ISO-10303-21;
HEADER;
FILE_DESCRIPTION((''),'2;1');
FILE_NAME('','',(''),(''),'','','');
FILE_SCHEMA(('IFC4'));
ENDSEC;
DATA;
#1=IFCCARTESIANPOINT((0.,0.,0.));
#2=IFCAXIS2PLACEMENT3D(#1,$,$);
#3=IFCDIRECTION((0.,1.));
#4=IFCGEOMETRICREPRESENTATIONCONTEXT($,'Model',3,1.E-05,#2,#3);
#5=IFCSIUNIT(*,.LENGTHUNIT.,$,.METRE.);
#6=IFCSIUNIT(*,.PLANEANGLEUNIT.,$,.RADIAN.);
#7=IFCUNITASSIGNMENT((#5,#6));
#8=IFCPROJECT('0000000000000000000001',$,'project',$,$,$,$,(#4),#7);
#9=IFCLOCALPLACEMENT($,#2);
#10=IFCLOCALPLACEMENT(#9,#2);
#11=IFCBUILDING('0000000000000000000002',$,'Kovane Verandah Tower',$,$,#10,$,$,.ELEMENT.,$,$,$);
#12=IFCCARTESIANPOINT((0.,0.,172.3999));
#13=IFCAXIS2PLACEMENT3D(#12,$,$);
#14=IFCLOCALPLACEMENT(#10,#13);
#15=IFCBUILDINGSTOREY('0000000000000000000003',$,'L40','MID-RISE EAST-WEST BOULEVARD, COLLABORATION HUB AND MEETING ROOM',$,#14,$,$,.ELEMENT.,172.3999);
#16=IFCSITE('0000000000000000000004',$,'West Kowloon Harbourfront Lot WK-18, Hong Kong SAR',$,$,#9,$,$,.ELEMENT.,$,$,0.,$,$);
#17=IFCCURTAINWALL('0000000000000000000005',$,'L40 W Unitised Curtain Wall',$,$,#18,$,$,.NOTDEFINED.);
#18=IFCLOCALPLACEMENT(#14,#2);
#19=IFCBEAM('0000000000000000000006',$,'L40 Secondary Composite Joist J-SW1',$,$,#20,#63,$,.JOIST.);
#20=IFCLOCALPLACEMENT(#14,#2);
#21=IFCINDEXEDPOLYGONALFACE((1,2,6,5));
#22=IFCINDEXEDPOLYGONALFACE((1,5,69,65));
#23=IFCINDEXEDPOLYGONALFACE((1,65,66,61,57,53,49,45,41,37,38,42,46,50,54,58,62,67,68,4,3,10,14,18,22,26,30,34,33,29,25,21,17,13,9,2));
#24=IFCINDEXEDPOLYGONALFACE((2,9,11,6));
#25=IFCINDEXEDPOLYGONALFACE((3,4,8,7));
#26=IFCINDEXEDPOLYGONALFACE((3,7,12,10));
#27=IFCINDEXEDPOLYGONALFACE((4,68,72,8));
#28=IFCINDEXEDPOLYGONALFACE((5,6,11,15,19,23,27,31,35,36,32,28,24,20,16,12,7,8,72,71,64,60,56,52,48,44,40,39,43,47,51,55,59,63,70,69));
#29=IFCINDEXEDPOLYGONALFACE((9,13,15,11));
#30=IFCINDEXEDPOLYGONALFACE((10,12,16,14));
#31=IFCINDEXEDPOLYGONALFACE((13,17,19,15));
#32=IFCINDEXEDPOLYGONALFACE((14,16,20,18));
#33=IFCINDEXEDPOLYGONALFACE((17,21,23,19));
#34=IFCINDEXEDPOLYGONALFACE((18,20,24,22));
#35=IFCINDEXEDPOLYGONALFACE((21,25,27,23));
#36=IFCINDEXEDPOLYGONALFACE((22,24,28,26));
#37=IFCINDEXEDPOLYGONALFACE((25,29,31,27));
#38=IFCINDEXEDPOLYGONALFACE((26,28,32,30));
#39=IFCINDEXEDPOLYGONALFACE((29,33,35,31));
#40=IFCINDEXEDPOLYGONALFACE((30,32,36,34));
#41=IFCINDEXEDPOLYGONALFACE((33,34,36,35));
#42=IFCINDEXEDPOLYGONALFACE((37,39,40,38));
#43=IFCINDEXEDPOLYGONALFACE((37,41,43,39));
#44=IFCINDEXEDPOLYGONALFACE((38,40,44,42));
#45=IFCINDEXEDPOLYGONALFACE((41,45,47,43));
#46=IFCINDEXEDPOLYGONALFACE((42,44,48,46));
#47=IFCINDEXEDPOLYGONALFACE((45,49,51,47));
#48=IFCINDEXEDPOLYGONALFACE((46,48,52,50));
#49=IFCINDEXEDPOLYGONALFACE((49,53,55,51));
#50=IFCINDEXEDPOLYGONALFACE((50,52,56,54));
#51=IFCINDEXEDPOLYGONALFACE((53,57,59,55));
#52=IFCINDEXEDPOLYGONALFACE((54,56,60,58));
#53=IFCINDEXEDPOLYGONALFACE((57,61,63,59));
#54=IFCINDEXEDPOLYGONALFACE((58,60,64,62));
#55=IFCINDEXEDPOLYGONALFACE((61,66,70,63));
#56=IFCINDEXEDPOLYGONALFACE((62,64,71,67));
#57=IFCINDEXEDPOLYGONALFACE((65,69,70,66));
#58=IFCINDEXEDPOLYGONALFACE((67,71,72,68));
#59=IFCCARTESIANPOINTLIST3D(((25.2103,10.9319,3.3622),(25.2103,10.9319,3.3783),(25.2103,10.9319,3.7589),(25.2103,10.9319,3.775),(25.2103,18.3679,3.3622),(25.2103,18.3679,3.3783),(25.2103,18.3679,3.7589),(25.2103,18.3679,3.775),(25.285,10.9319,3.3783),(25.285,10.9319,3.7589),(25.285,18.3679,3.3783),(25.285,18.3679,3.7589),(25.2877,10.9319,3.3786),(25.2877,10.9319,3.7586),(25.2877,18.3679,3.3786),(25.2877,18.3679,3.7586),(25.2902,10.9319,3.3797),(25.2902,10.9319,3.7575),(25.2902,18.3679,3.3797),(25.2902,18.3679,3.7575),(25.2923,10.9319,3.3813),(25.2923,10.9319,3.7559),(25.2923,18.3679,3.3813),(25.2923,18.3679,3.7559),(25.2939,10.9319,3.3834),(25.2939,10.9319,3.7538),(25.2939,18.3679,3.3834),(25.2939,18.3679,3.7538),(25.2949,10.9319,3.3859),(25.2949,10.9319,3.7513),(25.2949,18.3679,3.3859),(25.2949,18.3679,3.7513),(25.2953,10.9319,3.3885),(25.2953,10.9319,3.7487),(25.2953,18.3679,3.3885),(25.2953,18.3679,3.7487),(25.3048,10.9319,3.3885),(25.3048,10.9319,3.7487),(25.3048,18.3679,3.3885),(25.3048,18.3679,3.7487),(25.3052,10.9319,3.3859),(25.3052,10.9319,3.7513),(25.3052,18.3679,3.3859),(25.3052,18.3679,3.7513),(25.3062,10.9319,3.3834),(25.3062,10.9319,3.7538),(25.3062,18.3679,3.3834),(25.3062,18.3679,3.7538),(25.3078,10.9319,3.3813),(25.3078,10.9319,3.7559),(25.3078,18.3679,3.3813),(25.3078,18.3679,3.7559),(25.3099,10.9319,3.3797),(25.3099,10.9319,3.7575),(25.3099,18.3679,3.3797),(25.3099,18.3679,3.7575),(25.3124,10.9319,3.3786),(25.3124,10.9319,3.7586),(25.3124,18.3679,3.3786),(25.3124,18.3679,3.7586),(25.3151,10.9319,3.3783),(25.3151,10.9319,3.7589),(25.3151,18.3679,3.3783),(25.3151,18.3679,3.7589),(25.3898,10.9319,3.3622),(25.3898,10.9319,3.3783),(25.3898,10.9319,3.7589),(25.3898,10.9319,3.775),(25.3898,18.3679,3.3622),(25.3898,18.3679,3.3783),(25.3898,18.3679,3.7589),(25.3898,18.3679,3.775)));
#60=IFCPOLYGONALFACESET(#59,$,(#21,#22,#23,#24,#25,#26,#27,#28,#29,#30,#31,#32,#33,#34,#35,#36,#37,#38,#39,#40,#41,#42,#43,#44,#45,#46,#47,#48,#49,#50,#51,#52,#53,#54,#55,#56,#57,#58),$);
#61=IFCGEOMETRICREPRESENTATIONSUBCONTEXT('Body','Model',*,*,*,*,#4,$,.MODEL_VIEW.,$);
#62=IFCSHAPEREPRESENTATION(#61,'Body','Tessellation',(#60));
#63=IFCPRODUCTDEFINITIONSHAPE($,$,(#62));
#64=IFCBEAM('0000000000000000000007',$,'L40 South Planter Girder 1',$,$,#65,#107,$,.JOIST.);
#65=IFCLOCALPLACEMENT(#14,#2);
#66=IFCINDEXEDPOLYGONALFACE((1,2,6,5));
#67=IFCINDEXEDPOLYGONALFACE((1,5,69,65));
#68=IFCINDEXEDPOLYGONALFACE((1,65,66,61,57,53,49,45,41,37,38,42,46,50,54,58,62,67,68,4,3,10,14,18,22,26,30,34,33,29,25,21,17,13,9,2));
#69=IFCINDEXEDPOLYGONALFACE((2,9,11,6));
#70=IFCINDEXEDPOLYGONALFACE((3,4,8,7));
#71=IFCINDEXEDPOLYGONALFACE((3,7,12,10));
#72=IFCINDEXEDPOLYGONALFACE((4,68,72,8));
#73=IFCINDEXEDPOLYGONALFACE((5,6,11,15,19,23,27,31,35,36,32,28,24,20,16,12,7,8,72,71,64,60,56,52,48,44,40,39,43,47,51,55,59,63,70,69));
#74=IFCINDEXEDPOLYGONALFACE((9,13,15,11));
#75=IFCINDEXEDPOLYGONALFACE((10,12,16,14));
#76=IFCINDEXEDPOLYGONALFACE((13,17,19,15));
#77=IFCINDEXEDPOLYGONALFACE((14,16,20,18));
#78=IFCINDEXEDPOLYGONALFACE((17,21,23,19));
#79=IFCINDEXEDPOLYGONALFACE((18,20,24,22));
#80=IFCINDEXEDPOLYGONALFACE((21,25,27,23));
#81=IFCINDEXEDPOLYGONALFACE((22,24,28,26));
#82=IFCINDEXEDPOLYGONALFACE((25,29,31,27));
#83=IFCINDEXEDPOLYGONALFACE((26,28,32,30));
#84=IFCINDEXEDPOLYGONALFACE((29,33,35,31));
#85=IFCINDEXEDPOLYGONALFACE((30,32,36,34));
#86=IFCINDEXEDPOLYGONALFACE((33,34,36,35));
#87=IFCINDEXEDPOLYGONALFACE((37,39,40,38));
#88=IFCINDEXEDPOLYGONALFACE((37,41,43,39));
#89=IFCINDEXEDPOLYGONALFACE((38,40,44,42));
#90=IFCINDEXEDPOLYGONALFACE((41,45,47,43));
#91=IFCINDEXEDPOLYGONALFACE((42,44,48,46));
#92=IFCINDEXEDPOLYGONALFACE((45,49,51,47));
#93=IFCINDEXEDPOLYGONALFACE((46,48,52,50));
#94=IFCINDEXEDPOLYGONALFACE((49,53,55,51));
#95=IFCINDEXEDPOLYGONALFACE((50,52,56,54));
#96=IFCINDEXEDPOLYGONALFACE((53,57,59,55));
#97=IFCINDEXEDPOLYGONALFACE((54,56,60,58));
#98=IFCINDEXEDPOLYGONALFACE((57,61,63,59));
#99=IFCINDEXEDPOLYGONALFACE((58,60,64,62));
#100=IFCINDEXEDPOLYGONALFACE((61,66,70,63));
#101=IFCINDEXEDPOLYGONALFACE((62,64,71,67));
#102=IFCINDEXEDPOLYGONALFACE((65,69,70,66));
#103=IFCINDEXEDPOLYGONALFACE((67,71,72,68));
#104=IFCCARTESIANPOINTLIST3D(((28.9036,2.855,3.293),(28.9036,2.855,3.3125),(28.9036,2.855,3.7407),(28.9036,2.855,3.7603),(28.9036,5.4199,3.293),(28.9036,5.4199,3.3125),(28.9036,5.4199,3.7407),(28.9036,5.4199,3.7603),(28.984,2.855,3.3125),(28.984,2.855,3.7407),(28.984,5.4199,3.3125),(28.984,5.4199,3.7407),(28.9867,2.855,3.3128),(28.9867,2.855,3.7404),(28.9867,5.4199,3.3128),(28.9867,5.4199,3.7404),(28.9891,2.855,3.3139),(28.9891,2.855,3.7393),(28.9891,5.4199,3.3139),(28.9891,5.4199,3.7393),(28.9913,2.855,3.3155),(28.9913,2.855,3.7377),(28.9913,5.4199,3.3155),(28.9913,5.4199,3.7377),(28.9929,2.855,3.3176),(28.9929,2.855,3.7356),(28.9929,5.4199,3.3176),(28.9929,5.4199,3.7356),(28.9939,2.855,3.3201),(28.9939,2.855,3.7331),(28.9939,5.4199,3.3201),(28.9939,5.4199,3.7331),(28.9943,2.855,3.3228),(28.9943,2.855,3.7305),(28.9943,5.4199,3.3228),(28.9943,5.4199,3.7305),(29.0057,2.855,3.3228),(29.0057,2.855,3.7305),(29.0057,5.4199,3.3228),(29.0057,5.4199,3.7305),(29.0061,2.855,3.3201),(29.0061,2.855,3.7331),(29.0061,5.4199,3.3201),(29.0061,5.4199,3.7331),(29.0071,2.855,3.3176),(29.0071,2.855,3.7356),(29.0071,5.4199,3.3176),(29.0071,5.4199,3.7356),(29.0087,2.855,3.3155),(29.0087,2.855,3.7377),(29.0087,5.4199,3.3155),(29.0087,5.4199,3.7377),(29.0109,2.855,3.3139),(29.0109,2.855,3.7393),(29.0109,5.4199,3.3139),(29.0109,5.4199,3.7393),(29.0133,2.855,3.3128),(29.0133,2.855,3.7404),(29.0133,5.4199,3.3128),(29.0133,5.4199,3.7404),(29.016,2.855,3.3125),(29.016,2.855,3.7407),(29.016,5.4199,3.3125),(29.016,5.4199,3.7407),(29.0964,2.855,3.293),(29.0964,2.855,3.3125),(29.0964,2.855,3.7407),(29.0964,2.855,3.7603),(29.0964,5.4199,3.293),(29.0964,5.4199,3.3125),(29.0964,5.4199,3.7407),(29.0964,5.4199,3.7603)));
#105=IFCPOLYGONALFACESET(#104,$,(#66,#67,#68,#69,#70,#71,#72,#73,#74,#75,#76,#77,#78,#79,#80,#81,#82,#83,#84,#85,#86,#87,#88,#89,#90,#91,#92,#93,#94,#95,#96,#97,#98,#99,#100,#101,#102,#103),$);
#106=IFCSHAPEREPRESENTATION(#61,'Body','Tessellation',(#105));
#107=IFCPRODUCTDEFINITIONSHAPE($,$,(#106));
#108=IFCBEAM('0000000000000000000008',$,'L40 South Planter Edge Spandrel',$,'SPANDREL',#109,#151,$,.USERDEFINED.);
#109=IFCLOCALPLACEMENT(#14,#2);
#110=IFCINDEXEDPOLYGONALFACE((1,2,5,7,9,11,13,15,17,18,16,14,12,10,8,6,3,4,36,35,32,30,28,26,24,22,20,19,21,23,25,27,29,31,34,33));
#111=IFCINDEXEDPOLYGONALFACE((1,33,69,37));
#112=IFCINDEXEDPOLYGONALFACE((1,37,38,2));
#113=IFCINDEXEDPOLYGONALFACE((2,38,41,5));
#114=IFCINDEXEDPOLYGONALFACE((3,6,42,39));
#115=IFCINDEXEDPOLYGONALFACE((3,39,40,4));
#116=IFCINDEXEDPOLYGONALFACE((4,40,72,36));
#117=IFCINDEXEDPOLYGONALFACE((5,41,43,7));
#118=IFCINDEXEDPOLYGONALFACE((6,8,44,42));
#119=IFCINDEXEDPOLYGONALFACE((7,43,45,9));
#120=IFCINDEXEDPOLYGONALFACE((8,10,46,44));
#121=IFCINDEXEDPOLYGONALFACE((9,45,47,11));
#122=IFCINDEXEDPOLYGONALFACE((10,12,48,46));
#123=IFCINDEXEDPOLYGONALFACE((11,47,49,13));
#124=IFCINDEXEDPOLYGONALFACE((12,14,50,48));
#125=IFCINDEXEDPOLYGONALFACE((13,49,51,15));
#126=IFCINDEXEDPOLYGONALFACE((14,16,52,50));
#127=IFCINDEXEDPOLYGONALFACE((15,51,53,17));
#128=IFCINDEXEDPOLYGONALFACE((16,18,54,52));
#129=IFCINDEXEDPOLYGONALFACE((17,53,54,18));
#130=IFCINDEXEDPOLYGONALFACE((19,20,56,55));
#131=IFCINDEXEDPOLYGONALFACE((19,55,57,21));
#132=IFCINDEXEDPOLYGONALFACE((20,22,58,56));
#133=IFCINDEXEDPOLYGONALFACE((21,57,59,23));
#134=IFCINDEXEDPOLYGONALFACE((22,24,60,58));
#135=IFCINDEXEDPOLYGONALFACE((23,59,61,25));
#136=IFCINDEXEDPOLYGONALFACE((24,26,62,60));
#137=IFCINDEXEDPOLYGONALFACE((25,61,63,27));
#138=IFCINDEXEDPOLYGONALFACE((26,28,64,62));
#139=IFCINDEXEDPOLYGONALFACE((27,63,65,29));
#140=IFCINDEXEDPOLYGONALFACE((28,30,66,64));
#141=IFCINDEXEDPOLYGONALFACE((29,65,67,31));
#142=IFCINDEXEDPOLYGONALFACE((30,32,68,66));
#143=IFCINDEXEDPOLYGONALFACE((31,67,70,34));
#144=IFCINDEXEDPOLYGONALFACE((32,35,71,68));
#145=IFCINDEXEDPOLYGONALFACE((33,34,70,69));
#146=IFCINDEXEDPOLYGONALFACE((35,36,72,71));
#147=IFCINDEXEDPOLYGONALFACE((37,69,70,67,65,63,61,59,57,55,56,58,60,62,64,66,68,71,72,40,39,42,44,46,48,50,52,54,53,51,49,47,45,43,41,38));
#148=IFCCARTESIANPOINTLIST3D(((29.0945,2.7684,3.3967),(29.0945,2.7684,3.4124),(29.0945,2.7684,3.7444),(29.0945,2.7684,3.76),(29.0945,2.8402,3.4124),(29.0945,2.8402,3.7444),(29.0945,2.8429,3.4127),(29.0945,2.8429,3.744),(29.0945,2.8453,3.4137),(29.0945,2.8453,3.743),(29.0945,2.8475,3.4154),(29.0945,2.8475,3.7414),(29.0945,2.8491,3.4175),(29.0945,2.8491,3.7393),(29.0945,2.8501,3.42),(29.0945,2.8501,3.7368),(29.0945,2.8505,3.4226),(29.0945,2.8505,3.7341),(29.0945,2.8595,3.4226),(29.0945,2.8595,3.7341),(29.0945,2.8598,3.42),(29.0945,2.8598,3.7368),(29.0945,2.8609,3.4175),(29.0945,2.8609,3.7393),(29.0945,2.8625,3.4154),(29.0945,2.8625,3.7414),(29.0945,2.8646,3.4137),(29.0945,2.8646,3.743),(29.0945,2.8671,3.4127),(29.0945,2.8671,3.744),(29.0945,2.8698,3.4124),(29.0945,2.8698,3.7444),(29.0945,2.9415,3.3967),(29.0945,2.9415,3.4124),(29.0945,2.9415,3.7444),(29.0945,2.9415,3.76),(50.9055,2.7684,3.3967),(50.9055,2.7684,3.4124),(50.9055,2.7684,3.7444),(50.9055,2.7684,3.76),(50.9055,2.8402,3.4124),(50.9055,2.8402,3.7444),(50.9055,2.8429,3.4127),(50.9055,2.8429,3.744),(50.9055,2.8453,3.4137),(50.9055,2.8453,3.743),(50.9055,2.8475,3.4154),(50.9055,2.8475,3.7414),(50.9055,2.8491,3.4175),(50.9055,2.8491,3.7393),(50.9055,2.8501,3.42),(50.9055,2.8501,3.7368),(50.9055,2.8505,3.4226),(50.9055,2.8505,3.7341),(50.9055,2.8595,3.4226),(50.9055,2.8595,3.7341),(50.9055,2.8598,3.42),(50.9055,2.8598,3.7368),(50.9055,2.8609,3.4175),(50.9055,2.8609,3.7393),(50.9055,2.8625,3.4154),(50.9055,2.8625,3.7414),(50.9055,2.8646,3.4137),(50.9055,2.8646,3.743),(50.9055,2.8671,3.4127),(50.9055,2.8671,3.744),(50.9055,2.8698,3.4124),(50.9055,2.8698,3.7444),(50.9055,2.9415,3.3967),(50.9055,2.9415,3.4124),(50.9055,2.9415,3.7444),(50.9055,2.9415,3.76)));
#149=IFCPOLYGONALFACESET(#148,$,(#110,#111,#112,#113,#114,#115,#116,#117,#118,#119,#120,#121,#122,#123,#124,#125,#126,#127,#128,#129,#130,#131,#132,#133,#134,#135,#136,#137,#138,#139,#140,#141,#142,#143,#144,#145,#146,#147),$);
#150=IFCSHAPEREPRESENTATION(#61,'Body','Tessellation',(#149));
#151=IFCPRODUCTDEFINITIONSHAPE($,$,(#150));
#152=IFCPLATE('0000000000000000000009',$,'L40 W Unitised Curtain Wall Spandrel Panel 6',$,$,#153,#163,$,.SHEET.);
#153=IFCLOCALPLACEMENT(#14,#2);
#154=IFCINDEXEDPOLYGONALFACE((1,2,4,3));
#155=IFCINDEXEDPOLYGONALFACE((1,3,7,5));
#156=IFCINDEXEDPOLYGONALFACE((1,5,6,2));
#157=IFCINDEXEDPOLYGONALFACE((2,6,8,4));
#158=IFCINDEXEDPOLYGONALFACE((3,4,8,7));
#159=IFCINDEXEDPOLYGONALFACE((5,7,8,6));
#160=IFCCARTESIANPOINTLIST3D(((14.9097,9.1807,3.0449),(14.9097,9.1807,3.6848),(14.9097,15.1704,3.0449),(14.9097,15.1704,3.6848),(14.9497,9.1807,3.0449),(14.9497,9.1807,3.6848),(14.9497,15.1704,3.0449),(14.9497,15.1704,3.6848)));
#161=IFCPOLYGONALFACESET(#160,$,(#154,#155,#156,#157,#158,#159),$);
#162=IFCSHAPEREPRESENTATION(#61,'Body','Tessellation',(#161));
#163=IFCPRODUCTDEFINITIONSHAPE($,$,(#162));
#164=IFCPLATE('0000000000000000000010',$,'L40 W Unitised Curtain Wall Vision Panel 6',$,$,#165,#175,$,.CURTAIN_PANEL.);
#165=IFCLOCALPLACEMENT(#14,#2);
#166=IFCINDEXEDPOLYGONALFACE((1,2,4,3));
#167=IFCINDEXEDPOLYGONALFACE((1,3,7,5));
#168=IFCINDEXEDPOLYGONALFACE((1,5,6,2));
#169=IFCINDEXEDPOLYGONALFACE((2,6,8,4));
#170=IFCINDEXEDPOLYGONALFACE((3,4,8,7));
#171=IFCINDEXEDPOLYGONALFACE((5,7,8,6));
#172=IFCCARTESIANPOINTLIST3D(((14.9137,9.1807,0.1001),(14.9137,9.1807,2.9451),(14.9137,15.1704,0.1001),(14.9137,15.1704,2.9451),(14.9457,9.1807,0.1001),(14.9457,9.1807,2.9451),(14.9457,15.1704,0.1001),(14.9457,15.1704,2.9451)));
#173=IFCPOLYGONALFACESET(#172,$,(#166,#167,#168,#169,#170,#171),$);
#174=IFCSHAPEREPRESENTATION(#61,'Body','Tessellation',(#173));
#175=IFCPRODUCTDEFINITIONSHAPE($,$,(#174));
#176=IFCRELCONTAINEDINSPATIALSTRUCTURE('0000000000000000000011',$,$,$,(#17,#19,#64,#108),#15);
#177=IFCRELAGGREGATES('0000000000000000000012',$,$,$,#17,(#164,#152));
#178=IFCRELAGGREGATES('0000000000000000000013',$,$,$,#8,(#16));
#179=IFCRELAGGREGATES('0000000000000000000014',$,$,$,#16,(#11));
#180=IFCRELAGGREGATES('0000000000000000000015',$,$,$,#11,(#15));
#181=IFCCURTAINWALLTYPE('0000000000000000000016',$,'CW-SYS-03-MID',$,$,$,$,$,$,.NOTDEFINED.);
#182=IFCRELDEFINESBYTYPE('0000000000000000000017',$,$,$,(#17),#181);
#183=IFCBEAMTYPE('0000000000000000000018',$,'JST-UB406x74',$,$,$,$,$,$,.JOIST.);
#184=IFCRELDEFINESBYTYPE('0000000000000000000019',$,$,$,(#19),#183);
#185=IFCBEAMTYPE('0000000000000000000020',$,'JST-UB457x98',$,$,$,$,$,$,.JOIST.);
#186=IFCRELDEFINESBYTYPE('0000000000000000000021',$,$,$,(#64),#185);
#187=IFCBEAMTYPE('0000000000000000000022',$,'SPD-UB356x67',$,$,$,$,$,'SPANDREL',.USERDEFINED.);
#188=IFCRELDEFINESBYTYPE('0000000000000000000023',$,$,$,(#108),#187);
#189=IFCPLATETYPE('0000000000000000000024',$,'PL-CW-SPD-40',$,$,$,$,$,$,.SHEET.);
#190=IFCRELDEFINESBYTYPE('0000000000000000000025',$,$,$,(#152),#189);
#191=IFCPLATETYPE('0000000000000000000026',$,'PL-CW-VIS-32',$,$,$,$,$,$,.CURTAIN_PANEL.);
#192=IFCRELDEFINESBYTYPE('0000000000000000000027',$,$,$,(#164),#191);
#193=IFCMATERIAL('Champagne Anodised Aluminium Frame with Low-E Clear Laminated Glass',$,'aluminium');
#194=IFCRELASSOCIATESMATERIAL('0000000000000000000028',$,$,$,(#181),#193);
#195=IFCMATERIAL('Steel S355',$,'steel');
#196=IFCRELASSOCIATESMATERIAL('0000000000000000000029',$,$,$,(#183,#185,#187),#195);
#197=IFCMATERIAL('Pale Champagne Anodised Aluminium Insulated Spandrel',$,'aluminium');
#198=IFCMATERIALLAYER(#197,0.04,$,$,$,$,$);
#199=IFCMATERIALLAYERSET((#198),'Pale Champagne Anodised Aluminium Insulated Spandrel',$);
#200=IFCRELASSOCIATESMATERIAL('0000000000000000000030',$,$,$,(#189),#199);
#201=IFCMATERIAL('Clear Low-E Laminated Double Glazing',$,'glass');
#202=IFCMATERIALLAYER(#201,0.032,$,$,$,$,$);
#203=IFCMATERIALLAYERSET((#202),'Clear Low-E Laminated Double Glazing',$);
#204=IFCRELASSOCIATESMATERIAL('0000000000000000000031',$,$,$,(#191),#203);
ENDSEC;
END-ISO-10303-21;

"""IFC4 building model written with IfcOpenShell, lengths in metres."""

from ifc_helpers import new_model, si_unit, direction, frame, origin, origin_2d, place, context, subcontext, project, spatial, rectangle, i_section, extrude, material, layer, layer_set, material_profile, profile_set, type_object, element, aggregate, save


model = new_model("IFC4")

# Units and contexts
model_context = context("Model", 3, precision=1e-05, world=origin(), true_north=direction((0.0, 1.0)))
body_context = subcontext(model_context, "Body", "Model", "MODEL_VIEW")
ifc_project = project(units=[si_unit("LENGTHUNIT", "METRE"), si_unit("PLANEANGLEUNIT", "RADIAN")], contexts=[model_context])

# Site, building, storey
site_placement = place(None, origin())
site = spatial("IfcSite", under=ifc_project, at=site_placement, Name="West Kowloon Harbourfront Lot WK-18, Hong Kong SAR", CompositionType="ELEMENT", RefElevation=0.0)
building_placement = place(site_placement, origin())
building = spatial("IfcBuilding", under=site, at=building_placement, Name="Kovane Verandah Tower", CompositionType="ELEMENT")
storey_placement = place(building_placement, frame((0.0, 0.0, 172.3999)))
storey = spatial("IfcBuildingStorey", under=building, at=storey_placement, Name="L40", Description="MID-RISE EAST-WEST BOULEVARD, COLLABORATION HUB AND MEETING ROOM", CompositionType="ELEMENT", Elevation=172.3999)

# Shared definitions
ifc_material_1 = material(Name="Steel S355", Category="steel")

# Curtain wall
ifc_material_2 = material(Name="Champagne Anodised Aluminium Frame with Low-E Clear Laminated Glass", Category="aluminium")
curtain_wall_type = type_object("IfcCurtainWallType", Name="CW-SYS-03-MID", PredefinedType="NOTDEFINED", material=ifc_material_2)
curtain_wall_placement = place(storey_placement, origin())
curtain_wall = element("IfcCurtainWall", 1, at=curtain_wall_placement, inside=storey, type_object=curtain_wall_type, Name="L40 W Unitised Curtain Wall", PredefinedType="NOTDEFINED")

# Beams
ifc_material_profile_1 = material_profile(ifc_material_1, i_section(OverallWidth=0.1794, OverallDepth=0.4128, WebThickness=0.0095, FlangeThickness=0.0161, FilletRadius=0.0103, at=origin_2d()), Name="UB406x178x74")
ifc_profile_set_1 = profile_set([ifc_material_profile_1], Name="Steel S355")
beam_type_1 = type_object("IfcBeamType", Name="JST-UB406x74", PredefinedType="JOIST", material=ifc_profile_set_1)
beam_1_placement = place(storey_placement, frame((25.3, 10.9319, 3.5686), z_axis=(0.0, 1.0, 0.0), x_axis=(-1.0, 0.0, 0.0)))
element("IfcBeam", 2, at=beam_1_placement, inside=storey, type_object=beam_type_1, Name="L40 Secondary Composite Joist J-SW1", PredefinedType="JOIST", context=body_context, shape_type="SweptSolid", body=[
    extrude(i_section(OverallWidth=0.1794, OverallDepth=0.4128, WebThickness=0.0095, FlangeThickness=0.0161, FilletRadius=0.0103, at=origin_2d()), origin(), (0.0, 0.0, 1.0), 7.436),
])
ifc_material_profile_2 = material_profile(ifc_material_1, i_section(OverallWidth=0.1929, OverallDepth=0.4673, WebThickness=0.0115, FlangeThickness=0.0195, FilletRadius=0.0103, at=origin_2d()), Name="UB457x191x98")
ifc_profile_set_2 = profile_set([ifc_material_profile_2], Name="Steel S355")
beam_type_2 = type_object("IfcBeamType", Name="JST-UB457x98", PredefinedType="JOIST", material=ifc_profile_set_2)
beam_2_placement = place(storey_placement, frame((29.0, 5.4199, 3.5266), z_axis=(0.0, -1.0, 0.0), x_axis=(1.0, 0.0, 0.0)))
element("IfcBeam", 3, at=beam_2_placement, inside=storey, type_object=beam_type_2, Name="L40 South Planter Girder 1", PredefinedType="JOIST", context=body_context, shape_type="SweptSolid", body=[
    extrude(i_section(OverallWidth=0.1929, OverallDepth=0.4673, WebThickness=0.0115, FlangeThickness=0.0195, FilletRadius=0.0103, at=origin_2d()), origin(), (0.0, 0.0, 1.0), 2.5649),
])
ifc_material_profile_3 = material_profile(ifc_material_1, i_section(OverallWidth=0.1731, OverallDepth=0.3633, WebThickness=0.009, FlangeThickness=0.0156, FilletRadius=0.0103, at=origin_2d()), Name="UB356x171x67")
ifc_profile_set_3 = profile_set([ifc_material_profile_3], Name="Steel S355")
beam_type_3 = type_object("IfcBeamType", Name="SPD-UB356x67", ElementType="SPANDREL", PredefinedType="USERDEFINED", material=ifc_profile_set_3)
beam_3_placement = place(storey_placement, frame((29.0945, 2.855, 3.5784), z_axis=(1.0, 0.0, 0.0), x_axis=(0.0, 1.0, 0.0)))
element("IfcBeam", 4, at=beam_3_placement, inside=storey, type_object=beam_type_3, Name="L40 South Planter Edge Spandrel", ObjectType="SPANDREL", PredefinedType="USERDEFINED", context=body_context, shape_type="SweptSolid", body=[
    extrude(i_section(OverallWidth=0.1731, OverallDepth=0.3633, WebThickness=0.009, FlangeThickness=0.0156, FilletRadius=0.0103, at=origin_2d()), origin(), (0.0, 0.0, 1.0), 21.811),
])

# Plates
ifc_material_3 = material(Name="Pale Champagne Anodised Aluminium Insulated Spandrel", Category="aluminium")
ifc_layer_1 = layer(ifc_material_3, 0.04)
ifc_layer_set_1 = layer_set([ifc_layer_1], Name="Pale Champagne Anodised Aluminium Insulated Spandrel")
plate_type_1 = type_object("IfcPlateType", Name="PL-CW-SPD-40", PredefinedType="SHEET", material=ifc_layer_set_1)
plate_1_placement = place(storey_placement, frame((14.9297, 12.1755, 3.0449), z_axis=(0.0, 0.0, 1.0), x_axis=(0.0, -1.0, 0.0)))
plate_1 = element("IfcPlate", 5, at=plate_1_placement, type_object=plate_type_1, Name="L40 W Unitised Curtain Wall Spandrel Panel 6", PredefinedType="SHEET", context=body_context, shape_type="SweptSolid", body=[
    extrude(rectangle(XDim=5.9897, YDim=0.04, at=origin_2d()), origin(), (0.0, 0.0, 1.0), 0.6399),
])
ifc_material_4 = material(Name="Clear Low-E Laminated Double Glazing", Category="glass")
ifc_layer_2 = layer(ifc_material_4, 0.032)
ifc_layer_set_2 = layer_set([ifc_layer_2], Name="Clear Low-E Laminated Double Glazing")
plate_type_2 = type_object("IfcPlateType", Name="PL-CW-VIS-32", PredefinedType="CURTAIN_PANEL", material=ifc_layer_set_2)
plate_2_placement = place(storey_placement, frame((14.9297, 12.1755, 0.1001), z_axis=(0.0, 0.0, 1.0), x_axis=(0.0, -1.0, 0.0)))
plate_2 = element("IfcPlate", 6, at=plate_2_placement, type_object=plate_type_2, Name="L40 W Unitised Curtain Wall Vision Panel 6", PredefinedType="CURTAIN_PANEL", context=body_context, shape_type="SweptSolid", body=[
    extrude(rectangle(XDim=5.9897, YDim=0.032, at=origin_2d()), origin(), (0.0, 0.0, 1.0), 2.845),
])
aggregate(curtain_wall, [plate_2, plate_1])

save(model, "model.ifc")
